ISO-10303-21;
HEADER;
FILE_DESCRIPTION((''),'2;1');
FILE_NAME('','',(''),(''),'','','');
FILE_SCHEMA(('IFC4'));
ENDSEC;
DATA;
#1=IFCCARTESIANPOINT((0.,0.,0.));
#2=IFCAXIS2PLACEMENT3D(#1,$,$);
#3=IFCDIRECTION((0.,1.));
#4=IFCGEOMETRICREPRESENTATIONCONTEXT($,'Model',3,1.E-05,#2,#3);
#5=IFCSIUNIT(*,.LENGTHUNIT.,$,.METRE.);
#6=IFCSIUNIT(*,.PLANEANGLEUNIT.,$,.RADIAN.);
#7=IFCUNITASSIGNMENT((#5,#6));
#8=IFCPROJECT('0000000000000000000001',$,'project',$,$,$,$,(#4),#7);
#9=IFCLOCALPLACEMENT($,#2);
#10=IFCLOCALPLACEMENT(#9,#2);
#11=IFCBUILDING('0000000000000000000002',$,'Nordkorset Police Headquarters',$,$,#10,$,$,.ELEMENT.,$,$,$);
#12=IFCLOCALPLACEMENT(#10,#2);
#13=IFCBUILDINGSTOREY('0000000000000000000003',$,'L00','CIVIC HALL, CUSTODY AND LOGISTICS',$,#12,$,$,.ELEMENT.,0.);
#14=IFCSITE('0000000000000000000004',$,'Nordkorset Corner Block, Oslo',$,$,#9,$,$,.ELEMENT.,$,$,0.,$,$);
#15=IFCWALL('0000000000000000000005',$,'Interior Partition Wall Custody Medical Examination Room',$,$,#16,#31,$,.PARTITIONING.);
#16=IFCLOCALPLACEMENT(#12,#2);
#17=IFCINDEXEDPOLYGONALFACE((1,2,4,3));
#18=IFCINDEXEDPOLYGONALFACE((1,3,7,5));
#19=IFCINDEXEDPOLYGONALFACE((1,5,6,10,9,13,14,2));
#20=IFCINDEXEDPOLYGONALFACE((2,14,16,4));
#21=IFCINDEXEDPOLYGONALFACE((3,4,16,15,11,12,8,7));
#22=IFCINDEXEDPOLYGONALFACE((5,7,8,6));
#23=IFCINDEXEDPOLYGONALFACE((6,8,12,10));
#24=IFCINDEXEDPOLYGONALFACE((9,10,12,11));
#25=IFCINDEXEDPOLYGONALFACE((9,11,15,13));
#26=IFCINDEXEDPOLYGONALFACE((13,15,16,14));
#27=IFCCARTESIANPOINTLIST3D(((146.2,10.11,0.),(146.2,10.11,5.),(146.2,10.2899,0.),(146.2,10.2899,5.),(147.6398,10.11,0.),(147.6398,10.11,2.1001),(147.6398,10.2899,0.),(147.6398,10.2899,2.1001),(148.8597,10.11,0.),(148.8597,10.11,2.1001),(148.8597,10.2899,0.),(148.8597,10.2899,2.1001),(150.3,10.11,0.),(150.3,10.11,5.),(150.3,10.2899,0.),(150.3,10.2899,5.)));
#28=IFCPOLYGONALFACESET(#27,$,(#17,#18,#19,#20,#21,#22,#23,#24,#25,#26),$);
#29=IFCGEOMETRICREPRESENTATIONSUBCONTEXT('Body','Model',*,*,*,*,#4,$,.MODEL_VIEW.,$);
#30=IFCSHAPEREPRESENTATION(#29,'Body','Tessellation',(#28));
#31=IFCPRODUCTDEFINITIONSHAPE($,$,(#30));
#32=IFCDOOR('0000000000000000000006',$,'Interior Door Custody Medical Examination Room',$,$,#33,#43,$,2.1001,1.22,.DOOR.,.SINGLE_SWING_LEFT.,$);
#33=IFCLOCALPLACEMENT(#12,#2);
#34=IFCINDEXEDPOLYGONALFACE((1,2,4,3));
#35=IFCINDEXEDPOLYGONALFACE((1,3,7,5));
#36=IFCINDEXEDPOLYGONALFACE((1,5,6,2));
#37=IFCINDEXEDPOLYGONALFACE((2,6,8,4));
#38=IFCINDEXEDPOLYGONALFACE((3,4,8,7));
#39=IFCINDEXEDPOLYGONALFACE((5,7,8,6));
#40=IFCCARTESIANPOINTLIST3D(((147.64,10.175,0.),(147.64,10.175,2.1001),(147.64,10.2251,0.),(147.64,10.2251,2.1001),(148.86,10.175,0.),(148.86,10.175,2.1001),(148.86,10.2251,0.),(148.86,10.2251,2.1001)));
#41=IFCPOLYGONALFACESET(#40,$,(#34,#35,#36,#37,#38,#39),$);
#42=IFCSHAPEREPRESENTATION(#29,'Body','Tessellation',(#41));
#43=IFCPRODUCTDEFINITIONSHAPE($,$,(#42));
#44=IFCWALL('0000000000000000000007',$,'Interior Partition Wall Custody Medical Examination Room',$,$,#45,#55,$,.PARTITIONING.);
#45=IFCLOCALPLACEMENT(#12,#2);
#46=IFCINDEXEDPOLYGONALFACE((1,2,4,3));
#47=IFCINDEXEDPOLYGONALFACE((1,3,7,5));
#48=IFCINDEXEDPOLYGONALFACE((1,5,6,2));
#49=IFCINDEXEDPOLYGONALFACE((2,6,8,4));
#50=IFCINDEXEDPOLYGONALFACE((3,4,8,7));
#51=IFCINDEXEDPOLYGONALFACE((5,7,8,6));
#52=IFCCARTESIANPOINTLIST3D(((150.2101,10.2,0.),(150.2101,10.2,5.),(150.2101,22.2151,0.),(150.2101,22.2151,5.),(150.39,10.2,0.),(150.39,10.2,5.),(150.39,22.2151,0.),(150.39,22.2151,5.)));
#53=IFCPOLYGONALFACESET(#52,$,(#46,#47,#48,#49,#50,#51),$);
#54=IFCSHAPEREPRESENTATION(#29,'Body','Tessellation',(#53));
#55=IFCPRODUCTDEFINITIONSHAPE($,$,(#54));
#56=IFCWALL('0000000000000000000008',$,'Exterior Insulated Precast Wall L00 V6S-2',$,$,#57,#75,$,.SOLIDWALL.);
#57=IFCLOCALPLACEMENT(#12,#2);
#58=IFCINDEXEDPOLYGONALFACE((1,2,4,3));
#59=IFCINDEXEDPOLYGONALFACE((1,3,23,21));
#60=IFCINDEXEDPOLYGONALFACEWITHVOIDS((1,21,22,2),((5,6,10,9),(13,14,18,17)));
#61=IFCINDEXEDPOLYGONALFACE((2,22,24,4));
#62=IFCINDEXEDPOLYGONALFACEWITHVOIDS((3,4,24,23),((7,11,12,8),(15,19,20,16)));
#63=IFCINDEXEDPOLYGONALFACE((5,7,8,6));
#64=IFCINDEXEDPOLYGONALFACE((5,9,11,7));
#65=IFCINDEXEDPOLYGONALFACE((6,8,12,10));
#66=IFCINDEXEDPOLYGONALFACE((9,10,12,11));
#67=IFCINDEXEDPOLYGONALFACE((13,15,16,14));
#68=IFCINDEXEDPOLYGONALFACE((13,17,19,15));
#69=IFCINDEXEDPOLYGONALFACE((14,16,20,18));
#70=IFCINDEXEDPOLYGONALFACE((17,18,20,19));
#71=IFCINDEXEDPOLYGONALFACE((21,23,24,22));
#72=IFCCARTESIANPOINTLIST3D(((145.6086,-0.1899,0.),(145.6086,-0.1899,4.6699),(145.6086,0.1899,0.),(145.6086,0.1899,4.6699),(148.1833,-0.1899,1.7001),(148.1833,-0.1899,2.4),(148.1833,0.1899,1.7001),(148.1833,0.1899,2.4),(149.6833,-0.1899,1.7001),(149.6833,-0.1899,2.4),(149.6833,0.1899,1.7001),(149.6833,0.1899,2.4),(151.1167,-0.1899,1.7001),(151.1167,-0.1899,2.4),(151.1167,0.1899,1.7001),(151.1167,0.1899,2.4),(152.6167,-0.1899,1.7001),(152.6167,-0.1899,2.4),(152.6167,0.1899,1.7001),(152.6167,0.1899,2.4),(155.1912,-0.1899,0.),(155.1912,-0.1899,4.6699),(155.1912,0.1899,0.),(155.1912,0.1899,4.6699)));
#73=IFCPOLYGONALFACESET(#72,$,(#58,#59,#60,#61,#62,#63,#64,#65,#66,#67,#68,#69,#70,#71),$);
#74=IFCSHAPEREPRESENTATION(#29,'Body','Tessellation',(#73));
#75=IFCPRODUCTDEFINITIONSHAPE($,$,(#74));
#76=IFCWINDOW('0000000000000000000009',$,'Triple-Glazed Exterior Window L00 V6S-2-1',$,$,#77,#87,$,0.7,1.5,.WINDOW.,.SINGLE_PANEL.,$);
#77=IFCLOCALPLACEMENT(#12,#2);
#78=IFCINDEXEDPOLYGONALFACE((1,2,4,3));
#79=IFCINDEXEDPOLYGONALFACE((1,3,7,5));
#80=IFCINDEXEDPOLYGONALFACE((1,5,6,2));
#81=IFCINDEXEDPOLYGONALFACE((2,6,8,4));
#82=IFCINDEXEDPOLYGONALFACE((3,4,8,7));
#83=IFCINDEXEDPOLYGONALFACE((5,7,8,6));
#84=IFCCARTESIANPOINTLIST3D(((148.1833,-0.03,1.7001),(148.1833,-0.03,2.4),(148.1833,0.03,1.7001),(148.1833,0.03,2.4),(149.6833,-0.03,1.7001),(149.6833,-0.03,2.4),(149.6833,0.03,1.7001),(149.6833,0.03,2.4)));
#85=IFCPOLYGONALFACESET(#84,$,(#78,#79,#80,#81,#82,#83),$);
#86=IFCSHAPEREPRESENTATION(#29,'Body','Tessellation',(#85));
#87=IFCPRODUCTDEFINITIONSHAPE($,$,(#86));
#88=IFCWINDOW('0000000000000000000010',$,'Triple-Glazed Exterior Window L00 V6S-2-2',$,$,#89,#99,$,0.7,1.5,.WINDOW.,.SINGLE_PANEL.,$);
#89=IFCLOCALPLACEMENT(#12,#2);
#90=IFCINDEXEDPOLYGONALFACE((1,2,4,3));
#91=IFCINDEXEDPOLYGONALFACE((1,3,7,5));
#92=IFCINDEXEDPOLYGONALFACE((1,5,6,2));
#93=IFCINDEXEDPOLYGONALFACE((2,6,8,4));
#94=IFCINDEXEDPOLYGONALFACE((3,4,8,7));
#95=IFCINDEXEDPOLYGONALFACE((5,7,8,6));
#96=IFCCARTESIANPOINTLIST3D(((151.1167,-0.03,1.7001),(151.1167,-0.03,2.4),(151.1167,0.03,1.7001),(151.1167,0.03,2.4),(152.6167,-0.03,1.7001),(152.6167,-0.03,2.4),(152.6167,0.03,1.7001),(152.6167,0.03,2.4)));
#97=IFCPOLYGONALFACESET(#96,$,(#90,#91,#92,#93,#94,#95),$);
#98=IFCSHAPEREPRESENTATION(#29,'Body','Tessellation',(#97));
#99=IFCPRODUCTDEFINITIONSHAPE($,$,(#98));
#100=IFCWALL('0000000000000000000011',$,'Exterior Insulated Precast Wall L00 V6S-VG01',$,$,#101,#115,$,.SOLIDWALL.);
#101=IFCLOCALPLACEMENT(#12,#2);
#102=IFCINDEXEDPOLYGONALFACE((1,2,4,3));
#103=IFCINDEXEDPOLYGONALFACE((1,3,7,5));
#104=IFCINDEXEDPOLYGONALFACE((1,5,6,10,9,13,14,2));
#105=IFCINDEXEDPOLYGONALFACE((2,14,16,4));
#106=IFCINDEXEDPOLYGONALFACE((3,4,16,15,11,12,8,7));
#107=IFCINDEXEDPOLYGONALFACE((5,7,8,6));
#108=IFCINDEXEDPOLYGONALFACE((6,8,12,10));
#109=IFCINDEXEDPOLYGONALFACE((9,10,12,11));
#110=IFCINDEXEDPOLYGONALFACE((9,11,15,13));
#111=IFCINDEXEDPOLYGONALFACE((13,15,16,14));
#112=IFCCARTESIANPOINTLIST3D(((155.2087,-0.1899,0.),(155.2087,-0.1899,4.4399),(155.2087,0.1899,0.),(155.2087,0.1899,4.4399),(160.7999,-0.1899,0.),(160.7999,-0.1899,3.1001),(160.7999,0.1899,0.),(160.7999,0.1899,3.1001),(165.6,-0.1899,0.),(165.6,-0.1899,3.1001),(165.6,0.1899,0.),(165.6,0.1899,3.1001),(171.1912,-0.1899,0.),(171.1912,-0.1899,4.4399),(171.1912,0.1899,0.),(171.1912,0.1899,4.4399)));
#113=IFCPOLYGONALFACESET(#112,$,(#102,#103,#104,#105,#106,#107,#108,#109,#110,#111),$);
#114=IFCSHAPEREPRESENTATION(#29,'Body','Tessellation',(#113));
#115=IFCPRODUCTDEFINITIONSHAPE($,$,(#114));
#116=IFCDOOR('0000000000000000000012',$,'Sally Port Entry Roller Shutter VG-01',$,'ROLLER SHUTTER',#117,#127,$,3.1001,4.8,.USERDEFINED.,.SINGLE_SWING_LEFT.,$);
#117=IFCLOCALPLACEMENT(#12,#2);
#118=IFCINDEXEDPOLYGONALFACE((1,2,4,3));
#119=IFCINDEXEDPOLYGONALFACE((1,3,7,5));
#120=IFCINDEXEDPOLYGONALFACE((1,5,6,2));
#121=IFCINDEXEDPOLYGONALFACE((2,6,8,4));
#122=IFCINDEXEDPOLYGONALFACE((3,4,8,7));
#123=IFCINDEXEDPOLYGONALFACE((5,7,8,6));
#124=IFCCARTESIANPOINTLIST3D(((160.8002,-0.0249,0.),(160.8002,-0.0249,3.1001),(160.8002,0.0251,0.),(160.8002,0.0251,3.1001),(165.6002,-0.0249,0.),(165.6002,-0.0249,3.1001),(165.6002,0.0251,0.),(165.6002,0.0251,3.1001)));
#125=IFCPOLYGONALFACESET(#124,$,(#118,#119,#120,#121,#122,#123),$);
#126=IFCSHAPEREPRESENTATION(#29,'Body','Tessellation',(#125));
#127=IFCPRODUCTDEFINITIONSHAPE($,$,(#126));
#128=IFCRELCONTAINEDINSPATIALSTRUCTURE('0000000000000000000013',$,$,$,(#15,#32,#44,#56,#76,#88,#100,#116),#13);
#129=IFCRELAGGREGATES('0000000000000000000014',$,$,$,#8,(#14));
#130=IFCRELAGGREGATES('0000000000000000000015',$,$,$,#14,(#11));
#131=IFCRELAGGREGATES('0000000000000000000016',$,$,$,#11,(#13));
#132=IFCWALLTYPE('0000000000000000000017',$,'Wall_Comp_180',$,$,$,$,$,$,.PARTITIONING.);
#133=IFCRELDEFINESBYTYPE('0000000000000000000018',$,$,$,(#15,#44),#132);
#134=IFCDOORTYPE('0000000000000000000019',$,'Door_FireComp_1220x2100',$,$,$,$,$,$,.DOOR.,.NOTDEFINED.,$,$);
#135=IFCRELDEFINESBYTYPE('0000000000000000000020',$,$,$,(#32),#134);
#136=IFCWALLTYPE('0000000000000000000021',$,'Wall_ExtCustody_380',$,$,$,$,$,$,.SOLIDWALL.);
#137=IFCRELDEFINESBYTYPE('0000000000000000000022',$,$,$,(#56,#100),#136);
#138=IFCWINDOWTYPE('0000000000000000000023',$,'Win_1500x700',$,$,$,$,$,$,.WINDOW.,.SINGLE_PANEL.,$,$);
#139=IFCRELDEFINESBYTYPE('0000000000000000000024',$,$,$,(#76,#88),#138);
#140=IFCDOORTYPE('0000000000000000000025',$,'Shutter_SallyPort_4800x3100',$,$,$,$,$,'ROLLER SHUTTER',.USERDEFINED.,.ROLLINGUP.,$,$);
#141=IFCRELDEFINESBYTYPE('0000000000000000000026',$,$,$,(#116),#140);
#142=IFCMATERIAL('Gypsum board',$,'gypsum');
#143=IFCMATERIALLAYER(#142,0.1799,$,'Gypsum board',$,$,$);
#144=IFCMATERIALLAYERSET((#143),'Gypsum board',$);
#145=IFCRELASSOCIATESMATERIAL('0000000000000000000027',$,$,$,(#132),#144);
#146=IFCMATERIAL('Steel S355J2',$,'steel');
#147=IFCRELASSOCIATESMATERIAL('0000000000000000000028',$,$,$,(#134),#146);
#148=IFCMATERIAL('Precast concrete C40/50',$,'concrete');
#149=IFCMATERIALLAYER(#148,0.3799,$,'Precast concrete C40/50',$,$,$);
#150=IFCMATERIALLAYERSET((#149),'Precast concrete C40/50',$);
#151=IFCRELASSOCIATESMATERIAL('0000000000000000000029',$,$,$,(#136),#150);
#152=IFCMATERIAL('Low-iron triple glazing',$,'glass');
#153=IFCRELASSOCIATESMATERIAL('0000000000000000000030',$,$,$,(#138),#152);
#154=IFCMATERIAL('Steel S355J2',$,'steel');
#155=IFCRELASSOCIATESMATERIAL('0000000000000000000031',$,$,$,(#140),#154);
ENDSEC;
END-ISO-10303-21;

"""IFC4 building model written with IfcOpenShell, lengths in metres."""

from ifc_helpers import new_model, si_unit, direction, frame, frame_2d, origin, place, context, subcontext, project, spatial, rectangle, extrude, material, layer, layer_set, type_object, element, fill, save


model = new_model("IFC4")

# Units and contexts
model_context = context("Model", 3, precision=1e-05, world=origin(), true_north=direction((0.0, 1.0)))
body_context = subcontext(model_context, "Body", "Model", "MODEL_VIEW")
ifc_project = project(units=[si_unit("LENGTHUNIT", "METRE"), si_unit("PLANEANGLEUNIT", "RADIAN")], contexts=[model_context])

# Site, building, storey
site_placement = place(None, origin())
site = spatial("IfcSite", under=ifc_project, at=site_placement, Name="Nordkorset Corner Block, Oslo", CompositionType="ELEMENT", RefElevation=0.0)
building_placement = place(site_placement, origin())
building = spatial("IfcBuilding", under=site, at=building_placement, Name="Nordkorset Police Headquarters", CompositionType="ELEMENT")
storey_placement = place(building_placement, origin())
storey = spatial("IfcBuildingStorey", under=building, at=storey_placement, Name="L00", Description="CIVIC HALL, CUSTODY AND LOGISTICS", CompositionType="ELEMENT", Elevation=0.0)

# Shared definitions
ifc_material_1 = material(Name="Gypsum board", Category="gypsum")
ifc_layer_1 = layer(ifc_material_1, 0.1799, Name="Gypsum board")
ifc_layer_set_1 = layer_set([ifc_layer_1], Name="Gypsum board")
wall_type_1 = type_object("IfcWallType", Name="Wall_Comp_180", PredefinedType="PARTITIONING", material=ifc_layer_set_1)

# Wall, opening, door
ifc_material_2 = material(Name="Steel S355J2", Category="steel")
door_type_1 = type_object("IfcDoorType", Name="Door_FireComp_1220x2100", OperationType="NOTDEFINED", PredefinedType="DOOR", material=ifc_material_2)
wall_1_placement = place(storey_placement, frame((146.2, 10.2, 0.0), z_axis=(0.0, 0.0, 1.0), x_axis=(1.0, 0.0, 0.0)))
wall_1 = element("IfcWall", 1, at=wall_1_placement, inside=storey, type_object=wall_type_1, Name="Interior Partition Wall Custody Medical Examination Room", PredefinedType="PARTITIONING", context=body_context, shape_type="SweptSolid", body=[
    extrude(rectangle(XDim=4.1001, YDim=0.1799, at=frame_2d((2.05, 0.0))), origin(), (0.0, 0.0, 1.0), 5.0),
])
opening_1_placement = place(wall_1_placement, frame((1.4399, 0.0, 0.0)))
opening_1 = element("IfcOpeningElement", 2, at=opening_1_placement, cuts=wall_1, PredefinedType="OPENING", context=body_context, shape_type="SweptSolid", body=[
    extrude(rectangle(XDim=1.22, YDim=2.1001, at=frame_2d((0.6099, 1.05))), frame((0.0, 0.1001, 0.0), z_axis=(0.0, -1.0, 0.0), x_axis=(1.0, 0.0, 0.0)), (0.0, 0.0, 1.0), 0.2),
])
door_1_placement = place(opening_1_placement, frame((1.22, 0.0, 0.0), z_axis=(0.0, 0.0, 1.0), x_axis=(-1.0, 0.0, 0.0)))
door_1 = element("IfcDoor", 3, at=door_1_placement, inside=storey, type_object=door_type_1, Name="Interior Door Custody Medical Examination Room", OperationType="SINGLE_SWING_LEFT", OverallHeight=2.1001, OverallWidth=1.22, PredefinedType="DOOR", context=body_context, shape_type="SweptSolid", body=[
    extrude(rectangle(XDim=1.22, YDim=2.1001, at=frame_2d((0.6099, 1.05))), frame((0.0, 0.0249, 0.0), z_axis=(0.0, -1.0, 0.0), x_axis=(1.0, 0.0, 0.0)), (0.0, 0.0, 1.0), 0.05),
])
fill(opening_1, door_1)

# Wall
wall_2_placement = place(storey_placement, frame((150.3, 10.2, 0.0), z_axis=(0.0, 0.0, 1.0), x_axis=(0.0, 1.0, 0.0)))
element("IfcWall", 4, at=wall_2_placement, inside=storey, type_object=wall_type_1, Name="Interior Partition Wall Custody Medical Examination Room", PredefinedType="PARTITIONING", context=body_context, shape_type="SweptSolid", body=[
    extrude(rectangle(XDim=12.0151, YDim=0.1799, at=frame_2d((6.0076, 0.0))), origin(), (0.0, 0.0, 1.0), 5.0),
])

# Wall, openings, windows
ifc_material_3 = material(Name="Precast concrete C40/50", Category="concrete")
ifc_layer_2 = layer(ifc_material_3, 0.3799, Name="Precast concrete C40/50")
ifc_layer_set_2 = layer_set([ifc_layer_2], Name="Precast concrete C40/50")
wall_type_2 = type_object("IfcWallType", Name="Wall_ExtCustody_380", PredefinedType="SOLIDWALL", material=ifc_layer_set_2)
wall_3_placement = place(storey_placement, frame((145.6086, 0.0, 0.0), z_axis=(0.0, 0.0, 1.0), x_axis=(1.0, 0.0, 0.0)))
wall_3 = element("IfcWall", 5, at=wall_3_placement, inside=storey, type_object=wall_type_2, Name="Exterior Insulated Precast Wall L00 V6S-2", PredefinedType="SOLIDWALL", context=body_context, shape_type="SweptSolid", body=[
    extrude(rectangle(XDim=9.5825, YDim=0.3799, at=frame_2d((4.7913, 0.0))), origin(), (0.0, 0.0, 1.0), 4.6699),
])
opening_2_placement = place(wall_3_placement, frame((2.5747, 0.0, 1.7)))
opening_2 = element("IfcOpeningElement", 6, at=opening_2_placement, cuts=wall_3, PredefinedType="OPENING", context=body_context, shape_type="SweptSolid", body=[
    extrude(rectangle(XDim=1.5, YDim=0.7, at=frame_2d((0.75, 0.3501))), frame((0.0, 0.2, 0.0), z_axis=(0.0, -1.0, 0.0), x_axis=(1.0, 0.0, 0.0)), (0.0, 0.0, 1.0), 0.3999),
])
opening_3_placement = place(wall_3_placement, frame((5.5081, 0.0, 1.7)))
opening_3 = element("IfcOpeningElement", 7, at=opening_3_placement, cuts=wall_3, PredefinedType="OPENING", context=body_context, shape_type="SweptSolid", body=[
    extrude(rectangle(XDim=1.5, YDim=0.7, at=frame_2d((0.75, 0.3501))), frame((0.0, 0.2, 0.0), z_axis=(0.0, -1.0, 0.0), x_axis=(1.0, 0.0, 0.0)), (0.0, 0.0, 1.0), 0.3999),
])
ifc_material_4 = material(Name="Low-iron triple glazing", Category="glass")
window_type = type_object("IfcWindowType", Name="Win_1500x700", PartitioningType="SINGLE_PANEL", PredefinedType="WINDOW", material=ifc_material_4)
window_1_placement = place(opening_2_placement, origin())
window_1 = element("IfcWindow", 8, at=window_1_placement, inside=storey, type_object=window_type, Name="Triple-Glazed Exterior Window L00 V6S-2-1", OverallHeight=0.7, OverallWidth=1.5, PartitioningType="SINGLE_PANEL", PredefinedType="WINDOW", context=body_context, shape_type="SweptSolid", body=[
    extrude(rectangle(XDim=1.5, YDim=0.7, at=frame_2d((0.75, 0.3501))), frame((0.0, 0.03, 0.0), z_axis=(0.0, -1.0, 0.0), x_axis=(1.0, 0.0, 0.0)), (0.0, 0.0, 1.0), 0.0601),
])
fill(opening_2, window_1)
window_2_placement = place(opening_3_placement, origin())
window_2 = element("IfcWindow", 9, at=window_2_placement, inside=storey, type_object=window_type, Name="Triple-Glazed Exterior Window L00 V6S-2-2", OverallHeight=0.7, OverallWidth=1.5, PartitioningType="SINGLE_PANEL", PredefinedType="WINDOW", context=body_context, shape_type="SweptSolid", body=[
    extrude(rectangle(XDim=1.5, YDim=0.7, at=frame_2d((0.75, 0.3501))), frame((0.0, 0.03, 0.0), z_axis=(0.0, -1.0, 0.0), x_axis=(1.0, 0.0, 0.0)), (0.0, 0.0, 1.0), 0.0601),
])
fill(opening_3, window_2)

# Wall, opening, door
wall_4_placement = place(storey_placement, frame((155.2087, 0.0, 0.0), z_axis=(0.0, 0.0, 1.0), x_axis=(1.0, 0.0, 0.0)))
wall_4 = element("IfcWall", 10, at=wall_4_placement, inside=storey, type_object=wall_type_2, Name="Exterior Insulated Precast Wall L00 V6S-VG01", PredefinedType="SOLIDWALL", context=body_context, shape_type="SweptSolid", body=[
    extrude(rectangle(XDim=15.9824, YDim=0.3799, at=frame_2d((7.9912, 0.0))), origin(), (0.0, 0.0, 1.0), 4.4399),
])
opening_4_placement = place(wall_4_placement, frame((5.5913, 0.0, 0.0)))
opening_4 = element("IfcOpeningElement", 11, at=opening_4_placement, cuts=wall_4, PredefinedType="OPENING", context=body_context, shape_type="SweptSolid", body=[
    extrude(rectangle(XDim=4.8, YDim=3.1001, at=frame_2d((2.3999, 1.55))), frame((0.0, 0.2, 0.0), z_axis=(0.0, -1.0, 0.0), x_axis=(1.0, 0.0, 0.0)), (0.0, 0.0, 1.0), 0.3999),
])
ifc_material_5 = material(Name="Steel S355J2", Category="steel")
door_type_2 = type_object("IfcDoorType", Name="Shutter_SallyPort_4800x3100", ElementType="ROLLER SHUTTER", OperationType="ROLLINGUP", PredefinedType="USERDEFINED", material=ifc_material_5)
door_2_placement = place(opening_4_placement, frame((4.8, 0.0, 0.0), z_axis=(0.0, 0.0, 1.0), x_axis=(-1.0, 0.0, 0.0)))
door_2 = element("IfcDoor", 12, at=door_2_placement, inside=storey, type_object=door_type_2, Name="Sally Port Entry Roller Shutter VG-01", ObjectType="ROLLER SHUTTER", OperationType="SINGLE_SWING_LEFT", OverallHeight=3.1001, OverallWidth=4.8, PredefinedType="USERDEFINED", context=body_context, shape_type="SweptSolid", body=[
    extrude(rectangle(XDim=4.8, YDim=3.1001, at=frame_2d((2.3999, 1.55))), frame((0.0, 0.0249, 0.0), z_axis=(0.0, -1.0, 0.0), x_axis=(1.0, 0.0, 0.0)), (0.0, 0.0, 1.0), 0.05),
])
fill(opening_4, door_2)

save(model, "model.ifc")
